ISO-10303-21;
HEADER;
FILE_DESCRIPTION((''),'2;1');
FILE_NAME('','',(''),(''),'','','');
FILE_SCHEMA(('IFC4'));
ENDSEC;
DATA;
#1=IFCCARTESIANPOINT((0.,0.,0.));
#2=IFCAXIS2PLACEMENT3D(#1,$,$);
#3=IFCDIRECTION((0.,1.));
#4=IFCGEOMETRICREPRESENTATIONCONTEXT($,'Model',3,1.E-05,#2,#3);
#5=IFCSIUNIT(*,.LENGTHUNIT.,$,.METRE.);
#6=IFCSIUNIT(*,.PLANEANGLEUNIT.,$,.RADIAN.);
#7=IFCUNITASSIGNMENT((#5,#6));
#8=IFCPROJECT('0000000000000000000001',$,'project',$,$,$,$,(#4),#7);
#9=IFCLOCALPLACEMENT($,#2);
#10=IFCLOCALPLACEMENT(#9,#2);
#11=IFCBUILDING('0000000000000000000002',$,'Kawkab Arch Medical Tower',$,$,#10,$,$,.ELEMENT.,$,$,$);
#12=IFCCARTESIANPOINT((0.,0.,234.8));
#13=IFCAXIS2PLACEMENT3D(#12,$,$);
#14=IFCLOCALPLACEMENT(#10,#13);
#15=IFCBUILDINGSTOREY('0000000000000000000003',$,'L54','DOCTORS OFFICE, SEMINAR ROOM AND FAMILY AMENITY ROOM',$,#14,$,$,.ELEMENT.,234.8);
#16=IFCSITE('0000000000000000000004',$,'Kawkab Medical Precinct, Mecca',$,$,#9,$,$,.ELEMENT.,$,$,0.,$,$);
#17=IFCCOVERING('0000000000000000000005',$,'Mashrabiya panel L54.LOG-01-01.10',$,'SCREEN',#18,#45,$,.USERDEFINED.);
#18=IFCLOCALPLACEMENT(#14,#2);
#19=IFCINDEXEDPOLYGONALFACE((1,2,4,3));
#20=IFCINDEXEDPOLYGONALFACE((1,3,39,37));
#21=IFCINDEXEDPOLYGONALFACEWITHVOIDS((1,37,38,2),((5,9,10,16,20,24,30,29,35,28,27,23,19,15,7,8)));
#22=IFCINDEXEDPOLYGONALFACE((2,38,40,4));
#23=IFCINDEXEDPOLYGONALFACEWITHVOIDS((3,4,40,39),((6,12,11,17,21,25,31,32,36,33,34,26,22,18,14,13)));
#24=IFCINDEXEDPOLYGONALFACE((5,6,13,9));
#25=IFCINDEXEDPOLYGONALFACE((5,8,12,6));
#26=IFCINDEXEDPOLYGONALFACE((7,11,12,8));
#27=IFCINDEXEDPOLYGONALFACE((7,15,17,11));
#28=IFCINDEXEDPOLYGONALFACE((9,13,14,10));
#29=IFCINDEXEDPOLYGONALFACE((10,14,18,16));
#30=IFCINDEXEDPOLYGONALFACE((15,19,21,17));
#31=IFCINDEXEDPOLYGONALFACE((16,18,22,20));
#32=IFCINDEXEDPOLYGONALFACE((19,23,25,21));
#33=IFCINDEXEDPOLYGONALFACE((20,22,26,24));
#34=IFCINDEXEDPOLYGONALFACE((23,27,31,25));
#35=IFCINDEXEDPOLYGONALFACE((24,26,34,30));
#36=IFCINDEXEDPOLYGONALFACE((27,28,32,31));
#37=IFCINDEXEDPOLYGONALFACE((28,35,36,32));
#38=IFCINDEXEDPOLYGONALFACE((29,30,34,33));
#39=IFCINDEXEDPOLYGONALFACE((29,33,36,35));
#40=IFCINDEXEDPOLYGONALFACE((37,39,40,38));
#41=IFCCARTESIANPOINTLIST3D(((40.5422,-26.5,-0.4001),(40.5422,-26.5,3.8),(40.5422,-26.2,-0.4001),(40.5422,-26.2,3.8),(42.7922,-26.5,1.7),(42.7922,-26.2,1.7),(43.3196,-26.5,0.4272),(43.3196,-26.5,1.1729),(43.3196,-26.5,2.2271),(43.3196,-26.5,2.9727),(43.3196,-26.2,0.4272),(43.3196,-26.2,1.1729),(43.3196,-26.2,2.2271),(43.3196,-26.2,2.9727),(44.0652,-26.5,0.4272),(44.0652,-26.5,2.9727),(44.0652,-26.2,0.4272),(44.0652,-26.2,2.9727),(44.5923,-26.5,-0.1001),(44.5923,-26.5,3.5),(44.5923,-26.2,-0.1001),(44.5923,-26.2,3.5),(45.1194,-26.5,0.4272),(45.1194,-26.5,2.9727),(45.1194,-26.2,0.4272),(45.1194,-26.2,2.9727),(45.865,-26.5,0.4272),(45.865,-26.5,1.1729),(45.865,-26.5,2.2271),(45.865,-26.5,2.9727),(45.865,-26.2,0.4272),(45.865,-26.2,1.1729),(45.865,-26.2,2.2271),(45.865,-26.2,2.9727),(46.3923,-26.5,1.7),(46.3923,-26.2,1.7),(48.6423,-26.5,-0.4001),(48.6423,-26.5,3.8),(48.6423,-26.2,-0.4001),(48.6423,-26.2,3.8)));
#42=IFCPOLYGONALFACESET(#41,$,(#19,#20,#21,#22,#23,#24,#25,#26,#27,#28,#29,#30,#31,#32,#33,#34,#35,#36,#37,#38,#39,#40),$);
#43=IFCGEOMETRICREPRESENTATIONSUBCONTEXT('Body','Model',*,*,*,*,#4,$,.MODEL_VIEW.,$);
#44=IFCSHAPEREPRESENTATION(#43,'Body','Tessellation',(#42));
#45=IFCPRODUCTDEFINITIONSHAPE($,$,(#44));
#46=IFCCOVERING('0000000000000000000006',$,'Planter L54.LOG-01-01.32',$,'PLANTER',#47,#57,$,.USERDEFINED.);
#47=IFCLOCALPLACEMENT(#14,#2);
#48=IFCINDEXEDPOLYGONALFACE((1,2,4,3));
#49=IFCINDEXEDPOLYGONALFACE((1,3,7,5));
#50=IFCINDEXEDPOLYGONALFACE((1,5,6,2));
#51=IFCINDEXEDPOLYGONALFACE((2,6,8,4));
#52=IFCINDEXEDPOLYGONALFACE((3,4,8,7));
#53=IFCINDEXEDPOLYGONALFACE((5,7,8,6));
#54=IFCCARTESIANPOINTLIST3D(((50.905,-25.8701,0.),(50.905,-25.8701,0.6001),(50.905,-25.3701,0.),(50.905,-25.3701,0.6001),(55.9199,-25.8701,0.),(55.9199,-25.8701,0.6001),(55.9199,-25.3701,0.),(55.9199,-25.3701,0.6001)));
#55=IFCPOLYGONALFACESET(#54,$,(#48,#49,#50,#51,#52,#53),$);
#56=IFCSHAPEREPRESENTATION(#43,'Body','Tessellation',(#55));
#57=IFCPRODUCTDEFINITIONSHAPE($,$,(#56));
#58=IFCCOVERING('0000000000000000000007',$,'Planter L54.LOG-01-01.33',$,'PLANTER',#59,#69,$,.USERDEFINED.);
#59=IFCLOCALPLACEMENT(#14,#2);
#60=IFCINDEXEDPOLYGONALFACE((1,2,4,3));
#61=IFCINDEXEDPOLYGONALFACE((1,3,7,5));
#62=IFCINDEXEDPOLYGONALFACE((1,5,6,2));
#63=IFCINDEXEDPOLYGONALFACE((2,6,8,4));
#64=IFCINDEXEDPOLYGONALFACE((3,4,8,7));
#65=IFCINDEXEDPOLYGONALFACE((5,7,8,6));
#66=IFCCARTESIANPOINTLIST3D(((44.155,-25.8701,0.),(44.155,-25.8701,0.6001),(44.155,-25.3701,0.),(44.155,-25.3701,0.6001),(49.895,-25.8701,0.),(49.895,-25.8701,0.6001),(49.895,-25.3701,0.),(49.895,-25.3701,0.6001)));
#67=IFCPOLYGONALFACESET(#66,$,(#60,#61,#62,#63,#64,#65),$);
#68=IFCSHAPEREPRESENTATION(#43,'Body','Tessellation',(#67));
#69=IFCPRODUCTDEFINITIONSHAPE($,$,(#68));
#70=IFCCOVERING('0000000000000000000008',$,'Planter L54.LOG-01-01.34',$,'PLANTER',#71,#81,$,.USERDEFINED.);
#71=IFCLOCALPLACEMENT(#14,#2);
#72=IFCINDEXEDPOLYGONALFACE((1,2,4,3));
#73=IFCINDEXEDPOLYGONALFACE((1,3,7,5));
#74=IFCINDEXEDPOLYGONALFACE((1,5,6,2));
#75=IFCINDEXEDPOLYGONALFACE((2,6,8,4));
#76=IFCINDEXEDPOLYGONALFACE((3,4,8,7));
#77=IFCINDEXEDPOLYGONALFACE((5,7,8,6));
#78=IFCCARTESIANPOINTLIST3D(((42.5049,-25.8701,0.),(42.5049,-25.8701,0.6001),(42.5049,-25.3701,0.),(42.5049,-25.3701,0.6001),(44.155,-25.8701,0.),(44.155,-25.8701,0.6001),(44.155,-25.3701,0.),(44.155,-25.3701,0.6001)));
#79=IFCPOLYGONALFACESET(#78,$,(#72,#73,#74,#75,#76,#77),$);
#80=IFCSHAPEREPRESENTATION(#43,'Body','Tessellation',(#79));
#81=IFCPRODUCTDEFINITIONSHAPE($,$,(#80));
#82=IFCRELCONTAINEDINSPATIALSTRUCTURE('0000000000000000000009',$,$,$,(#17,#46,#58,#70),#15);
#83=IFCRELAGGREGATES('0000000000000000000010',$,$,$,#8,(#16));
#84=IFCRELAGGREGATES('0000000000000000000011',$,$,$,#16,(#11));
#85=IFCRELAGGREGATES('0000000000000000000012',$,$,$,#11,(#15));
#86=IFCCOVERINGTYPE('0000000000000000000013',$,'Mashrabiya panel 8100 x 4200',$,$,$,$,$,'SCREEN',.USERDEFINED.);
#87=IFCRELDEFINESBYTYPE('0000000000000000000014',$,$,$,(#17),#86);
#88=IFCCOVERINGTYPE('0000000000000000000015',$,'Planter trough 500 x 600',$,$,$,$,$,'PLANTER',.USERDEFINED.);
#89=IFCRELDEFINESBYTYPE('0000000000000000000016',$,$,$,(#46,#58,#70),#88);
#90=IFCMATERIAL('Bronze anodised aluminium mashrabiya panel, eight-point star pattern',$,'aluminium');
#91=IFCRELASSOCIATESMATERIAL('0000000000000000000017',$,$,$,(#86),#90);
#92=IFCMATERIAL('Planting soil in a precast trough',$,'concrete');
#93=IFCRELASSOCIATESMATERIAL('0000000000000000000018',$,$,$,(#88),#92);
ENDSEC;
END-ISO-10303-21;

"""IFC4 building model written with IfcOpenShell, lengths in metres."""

from ifc_helpers import new_model, si_unit, direction, frame, origin, origin_2d, place, context, subcontext, project, spatial, polyline, rectangle, outline, extrude, material, material_profile, profile_set, type_object, element, save


model = new_model("IFC4")

# Units and contexts
model_context = context("Model", 3, precision=1e-05, world=origin(), true_north=direction((0.0, 1.0)))
body_context = subcontext(model_context, "Body", "Model", "MODEL_VIEW")
ifc_project = project(units=[si_unit("LENGTHUNIT", "METRE"), si_unit("PLANEANGLEUNIT", "RADIAN")], contexts=[model_context])

# Site, building, storey
site_placement = place(None, origin())
site = spatial("IfcSite", under=ifc_project, at=site_placement, Name="Kawkab Medical Precinct, Mecca", CompositionType="ELEMENT", RefElevation=0.0)
building_placement = place(site_placement, origin())
building = spatial("IfcBuilding", under=site, at=building_placement, Name="Kawkab Arch Medical Tower", CompositionType="ELEMENT")
storey_placement = place(building_placement, frame((0.0, 0.0, 234.8)))
storey = spatial("IfcBuildingStorey", under=building, at=storey_placement, Name="L54", Description="DOCTORS OFFICE, SEMINAR ROOM AND FAMILY AMENITY ROOM", CompositionType="ELEMENT", Elevation=234.8)

# Coverings
ifc_material_1 = material(Name="Bronze anodised aluminium mashrabiya panel, eight-point star pattern", Category="aluminium")
ifc_material_profile_1 = material_profile(ifc_material_1, outline(polyline([(-4.05, -2.1001), (4.05, -2.1001), (4.05, 2.1001), (-4.05, 2.1001), (-4.05, -2.1001)]), holes=[polyline([(1.8, 0.0), (1.2727, 0.5271), (1.2727, 1.2727), (0.5271, 1.2727), (0.0, 1.8), (-0.5271, 1.2727), (-1.2727, 1.2727), (-1.2727, 0.5271), (-1.8, 0.0), (-1.2727, -0.5271), (-1.2727, -1.2727), (-0.5271, -1.2727), (0.0, -1.8), (0.5271, -1.2727), (1.2727, -1.2727), (1.2727, -0.5271), (1.8, 0.0)])]), Name="Mashrabiya panel 8100x4200")
ifc_profile_set_1 = profile_set([ifc_material_profile_1], Name="Bronze anodised aluminium mashrabiya panel, eight-point star pattern")
covering_type_1 = type_object("IfcCoveringType", Name="Mashrabiya panel 8100 x 4200", ElementType="SCREEN", PredefinedType="USERDEFINED", material=ifc_profile_set_1)
covering_1_placement = place(storey_placement, frame((44.5923, -26.2, 1.7), z_axis=(0.0, -1.0, 0.0), x_axis=(1.0, 0.0, 0.0)))
element("IfcCovering", 1, at=covering_1_placement, inside=storey, type_object=covering_type_1, Name="Mashrabiya panel L54.LOG-01-01.10", ObjectType="SCREEN", PredefinedType="USERDEFINED", context=body_context, shape_type="SweptSolid", body=[
    extrude(outline(polyline([(-4.05, -2.1001), (4.05, -2.1001), (4.05, 2.1001), (-4.05, 2.1001), (-4.05, -2.1001)]), holes=[polyline([(1.8, 0.0), (1.2727, 0.5271), (1.2727, 1.2727), (0.5271, 1.2727), (0.0, 1.8), (-0.5271, 1.2727), (-1.2727, 1.2727), (-1.2727, 0.5271), (-1.8, 0.0), (-1.2727, -0.5271), (-1.2727, -1.2727), (-0.5271, -1.2727), (0.0, -1.8), (0.5271, -1.2727), (1.2727, -1.2727), (1.2727, -0.5271), (1.8, 0.0)])]), origin(), (0.0, 0.0, 1.0), 0.3),
])
ifc_material_2 = material(Name="Planting soil in a precast trough", Category="concrete")
ifc_material_profile_2 = material_profile(ifc_material_2, rectangle(XDim=0.5, YDim=0.6001, at=origin_2d()), Name="Trough 500x600")
ifc_profile_set_2 = profile_set([ifc_material_profile_2], Name="Planting soil in a precast trough")
covering_type_2 = type_object("IfcCoveringType", Name="Planter trough 500 x 600", ElementType="PLANTER", PredefinedType="USERDEFINED", material=ifc_profile_set_2)
covering_2_placement = place(storey_placement, frame((55.9199, -25.6201, 0.3), z_axis=(-1.0, 0.0, 0.0), x_axis=(0.0, -1.0, 0.0)))
element("IfcCovering", 2, at=covering_2_placement, inside=storey, type_object=covering_type_2, Name="Planter L54.LOG-01-01.32", ObjectType="PLANTER", PredefinedType="USERDEFINED", context=body_context, shape_type="SweptSolid", body=[
    extrude(rectangle(XDim=0.5, YDim=0.6001, at=origin_2d()), origin(), (0.0, 0.0, 1.0), 5.0149),
])
covering_3_placement = place(storey_placement, frame((49.895, -25.6201, 0.3), z_axis=(-1.0, 0.0, 0.0), x_axis=(0.0, -1.0, 0.0)))
element("IfcCovering", 3, at=covering_3_placement, inside=storey, type_object=covering_type_2, Name="Planter L54.LOG-01-01.33", ObjectType="PLANTER", PredefinedType="USERDEFINED", context=body_context, shape_type="SweptSolid", body=[
    extrude(rectangle(XDim=0.5, YDim=0.6001, at=origin_2d()), origin(), (0.0, 0.0, 1.0), 5.74),
])
covering_4_placement = place(storey_placement, frame((44.155, -25.6201, 0.3), z_axis=(-1.0, 0.0, 0.0), x_axis=(0.0, -1.0, 0.0)))
element("IfcCovering", 4, at=covering_4_placement, inside=storey, type_object=covering_type_2, Name="Planter L54.LOG-01-01.34", ObjectType="PLANTER", PredefinedType="USERDEFINED", context=body_context, shape_type="SweptSolid", body=[
    extrude(rectangle(XDim=0.5, YDim=0.6001, at=origin_2d()), origin(), (0.0, 0.0, 1.0), 1.6501),
])

save(model, "model.ifc")
